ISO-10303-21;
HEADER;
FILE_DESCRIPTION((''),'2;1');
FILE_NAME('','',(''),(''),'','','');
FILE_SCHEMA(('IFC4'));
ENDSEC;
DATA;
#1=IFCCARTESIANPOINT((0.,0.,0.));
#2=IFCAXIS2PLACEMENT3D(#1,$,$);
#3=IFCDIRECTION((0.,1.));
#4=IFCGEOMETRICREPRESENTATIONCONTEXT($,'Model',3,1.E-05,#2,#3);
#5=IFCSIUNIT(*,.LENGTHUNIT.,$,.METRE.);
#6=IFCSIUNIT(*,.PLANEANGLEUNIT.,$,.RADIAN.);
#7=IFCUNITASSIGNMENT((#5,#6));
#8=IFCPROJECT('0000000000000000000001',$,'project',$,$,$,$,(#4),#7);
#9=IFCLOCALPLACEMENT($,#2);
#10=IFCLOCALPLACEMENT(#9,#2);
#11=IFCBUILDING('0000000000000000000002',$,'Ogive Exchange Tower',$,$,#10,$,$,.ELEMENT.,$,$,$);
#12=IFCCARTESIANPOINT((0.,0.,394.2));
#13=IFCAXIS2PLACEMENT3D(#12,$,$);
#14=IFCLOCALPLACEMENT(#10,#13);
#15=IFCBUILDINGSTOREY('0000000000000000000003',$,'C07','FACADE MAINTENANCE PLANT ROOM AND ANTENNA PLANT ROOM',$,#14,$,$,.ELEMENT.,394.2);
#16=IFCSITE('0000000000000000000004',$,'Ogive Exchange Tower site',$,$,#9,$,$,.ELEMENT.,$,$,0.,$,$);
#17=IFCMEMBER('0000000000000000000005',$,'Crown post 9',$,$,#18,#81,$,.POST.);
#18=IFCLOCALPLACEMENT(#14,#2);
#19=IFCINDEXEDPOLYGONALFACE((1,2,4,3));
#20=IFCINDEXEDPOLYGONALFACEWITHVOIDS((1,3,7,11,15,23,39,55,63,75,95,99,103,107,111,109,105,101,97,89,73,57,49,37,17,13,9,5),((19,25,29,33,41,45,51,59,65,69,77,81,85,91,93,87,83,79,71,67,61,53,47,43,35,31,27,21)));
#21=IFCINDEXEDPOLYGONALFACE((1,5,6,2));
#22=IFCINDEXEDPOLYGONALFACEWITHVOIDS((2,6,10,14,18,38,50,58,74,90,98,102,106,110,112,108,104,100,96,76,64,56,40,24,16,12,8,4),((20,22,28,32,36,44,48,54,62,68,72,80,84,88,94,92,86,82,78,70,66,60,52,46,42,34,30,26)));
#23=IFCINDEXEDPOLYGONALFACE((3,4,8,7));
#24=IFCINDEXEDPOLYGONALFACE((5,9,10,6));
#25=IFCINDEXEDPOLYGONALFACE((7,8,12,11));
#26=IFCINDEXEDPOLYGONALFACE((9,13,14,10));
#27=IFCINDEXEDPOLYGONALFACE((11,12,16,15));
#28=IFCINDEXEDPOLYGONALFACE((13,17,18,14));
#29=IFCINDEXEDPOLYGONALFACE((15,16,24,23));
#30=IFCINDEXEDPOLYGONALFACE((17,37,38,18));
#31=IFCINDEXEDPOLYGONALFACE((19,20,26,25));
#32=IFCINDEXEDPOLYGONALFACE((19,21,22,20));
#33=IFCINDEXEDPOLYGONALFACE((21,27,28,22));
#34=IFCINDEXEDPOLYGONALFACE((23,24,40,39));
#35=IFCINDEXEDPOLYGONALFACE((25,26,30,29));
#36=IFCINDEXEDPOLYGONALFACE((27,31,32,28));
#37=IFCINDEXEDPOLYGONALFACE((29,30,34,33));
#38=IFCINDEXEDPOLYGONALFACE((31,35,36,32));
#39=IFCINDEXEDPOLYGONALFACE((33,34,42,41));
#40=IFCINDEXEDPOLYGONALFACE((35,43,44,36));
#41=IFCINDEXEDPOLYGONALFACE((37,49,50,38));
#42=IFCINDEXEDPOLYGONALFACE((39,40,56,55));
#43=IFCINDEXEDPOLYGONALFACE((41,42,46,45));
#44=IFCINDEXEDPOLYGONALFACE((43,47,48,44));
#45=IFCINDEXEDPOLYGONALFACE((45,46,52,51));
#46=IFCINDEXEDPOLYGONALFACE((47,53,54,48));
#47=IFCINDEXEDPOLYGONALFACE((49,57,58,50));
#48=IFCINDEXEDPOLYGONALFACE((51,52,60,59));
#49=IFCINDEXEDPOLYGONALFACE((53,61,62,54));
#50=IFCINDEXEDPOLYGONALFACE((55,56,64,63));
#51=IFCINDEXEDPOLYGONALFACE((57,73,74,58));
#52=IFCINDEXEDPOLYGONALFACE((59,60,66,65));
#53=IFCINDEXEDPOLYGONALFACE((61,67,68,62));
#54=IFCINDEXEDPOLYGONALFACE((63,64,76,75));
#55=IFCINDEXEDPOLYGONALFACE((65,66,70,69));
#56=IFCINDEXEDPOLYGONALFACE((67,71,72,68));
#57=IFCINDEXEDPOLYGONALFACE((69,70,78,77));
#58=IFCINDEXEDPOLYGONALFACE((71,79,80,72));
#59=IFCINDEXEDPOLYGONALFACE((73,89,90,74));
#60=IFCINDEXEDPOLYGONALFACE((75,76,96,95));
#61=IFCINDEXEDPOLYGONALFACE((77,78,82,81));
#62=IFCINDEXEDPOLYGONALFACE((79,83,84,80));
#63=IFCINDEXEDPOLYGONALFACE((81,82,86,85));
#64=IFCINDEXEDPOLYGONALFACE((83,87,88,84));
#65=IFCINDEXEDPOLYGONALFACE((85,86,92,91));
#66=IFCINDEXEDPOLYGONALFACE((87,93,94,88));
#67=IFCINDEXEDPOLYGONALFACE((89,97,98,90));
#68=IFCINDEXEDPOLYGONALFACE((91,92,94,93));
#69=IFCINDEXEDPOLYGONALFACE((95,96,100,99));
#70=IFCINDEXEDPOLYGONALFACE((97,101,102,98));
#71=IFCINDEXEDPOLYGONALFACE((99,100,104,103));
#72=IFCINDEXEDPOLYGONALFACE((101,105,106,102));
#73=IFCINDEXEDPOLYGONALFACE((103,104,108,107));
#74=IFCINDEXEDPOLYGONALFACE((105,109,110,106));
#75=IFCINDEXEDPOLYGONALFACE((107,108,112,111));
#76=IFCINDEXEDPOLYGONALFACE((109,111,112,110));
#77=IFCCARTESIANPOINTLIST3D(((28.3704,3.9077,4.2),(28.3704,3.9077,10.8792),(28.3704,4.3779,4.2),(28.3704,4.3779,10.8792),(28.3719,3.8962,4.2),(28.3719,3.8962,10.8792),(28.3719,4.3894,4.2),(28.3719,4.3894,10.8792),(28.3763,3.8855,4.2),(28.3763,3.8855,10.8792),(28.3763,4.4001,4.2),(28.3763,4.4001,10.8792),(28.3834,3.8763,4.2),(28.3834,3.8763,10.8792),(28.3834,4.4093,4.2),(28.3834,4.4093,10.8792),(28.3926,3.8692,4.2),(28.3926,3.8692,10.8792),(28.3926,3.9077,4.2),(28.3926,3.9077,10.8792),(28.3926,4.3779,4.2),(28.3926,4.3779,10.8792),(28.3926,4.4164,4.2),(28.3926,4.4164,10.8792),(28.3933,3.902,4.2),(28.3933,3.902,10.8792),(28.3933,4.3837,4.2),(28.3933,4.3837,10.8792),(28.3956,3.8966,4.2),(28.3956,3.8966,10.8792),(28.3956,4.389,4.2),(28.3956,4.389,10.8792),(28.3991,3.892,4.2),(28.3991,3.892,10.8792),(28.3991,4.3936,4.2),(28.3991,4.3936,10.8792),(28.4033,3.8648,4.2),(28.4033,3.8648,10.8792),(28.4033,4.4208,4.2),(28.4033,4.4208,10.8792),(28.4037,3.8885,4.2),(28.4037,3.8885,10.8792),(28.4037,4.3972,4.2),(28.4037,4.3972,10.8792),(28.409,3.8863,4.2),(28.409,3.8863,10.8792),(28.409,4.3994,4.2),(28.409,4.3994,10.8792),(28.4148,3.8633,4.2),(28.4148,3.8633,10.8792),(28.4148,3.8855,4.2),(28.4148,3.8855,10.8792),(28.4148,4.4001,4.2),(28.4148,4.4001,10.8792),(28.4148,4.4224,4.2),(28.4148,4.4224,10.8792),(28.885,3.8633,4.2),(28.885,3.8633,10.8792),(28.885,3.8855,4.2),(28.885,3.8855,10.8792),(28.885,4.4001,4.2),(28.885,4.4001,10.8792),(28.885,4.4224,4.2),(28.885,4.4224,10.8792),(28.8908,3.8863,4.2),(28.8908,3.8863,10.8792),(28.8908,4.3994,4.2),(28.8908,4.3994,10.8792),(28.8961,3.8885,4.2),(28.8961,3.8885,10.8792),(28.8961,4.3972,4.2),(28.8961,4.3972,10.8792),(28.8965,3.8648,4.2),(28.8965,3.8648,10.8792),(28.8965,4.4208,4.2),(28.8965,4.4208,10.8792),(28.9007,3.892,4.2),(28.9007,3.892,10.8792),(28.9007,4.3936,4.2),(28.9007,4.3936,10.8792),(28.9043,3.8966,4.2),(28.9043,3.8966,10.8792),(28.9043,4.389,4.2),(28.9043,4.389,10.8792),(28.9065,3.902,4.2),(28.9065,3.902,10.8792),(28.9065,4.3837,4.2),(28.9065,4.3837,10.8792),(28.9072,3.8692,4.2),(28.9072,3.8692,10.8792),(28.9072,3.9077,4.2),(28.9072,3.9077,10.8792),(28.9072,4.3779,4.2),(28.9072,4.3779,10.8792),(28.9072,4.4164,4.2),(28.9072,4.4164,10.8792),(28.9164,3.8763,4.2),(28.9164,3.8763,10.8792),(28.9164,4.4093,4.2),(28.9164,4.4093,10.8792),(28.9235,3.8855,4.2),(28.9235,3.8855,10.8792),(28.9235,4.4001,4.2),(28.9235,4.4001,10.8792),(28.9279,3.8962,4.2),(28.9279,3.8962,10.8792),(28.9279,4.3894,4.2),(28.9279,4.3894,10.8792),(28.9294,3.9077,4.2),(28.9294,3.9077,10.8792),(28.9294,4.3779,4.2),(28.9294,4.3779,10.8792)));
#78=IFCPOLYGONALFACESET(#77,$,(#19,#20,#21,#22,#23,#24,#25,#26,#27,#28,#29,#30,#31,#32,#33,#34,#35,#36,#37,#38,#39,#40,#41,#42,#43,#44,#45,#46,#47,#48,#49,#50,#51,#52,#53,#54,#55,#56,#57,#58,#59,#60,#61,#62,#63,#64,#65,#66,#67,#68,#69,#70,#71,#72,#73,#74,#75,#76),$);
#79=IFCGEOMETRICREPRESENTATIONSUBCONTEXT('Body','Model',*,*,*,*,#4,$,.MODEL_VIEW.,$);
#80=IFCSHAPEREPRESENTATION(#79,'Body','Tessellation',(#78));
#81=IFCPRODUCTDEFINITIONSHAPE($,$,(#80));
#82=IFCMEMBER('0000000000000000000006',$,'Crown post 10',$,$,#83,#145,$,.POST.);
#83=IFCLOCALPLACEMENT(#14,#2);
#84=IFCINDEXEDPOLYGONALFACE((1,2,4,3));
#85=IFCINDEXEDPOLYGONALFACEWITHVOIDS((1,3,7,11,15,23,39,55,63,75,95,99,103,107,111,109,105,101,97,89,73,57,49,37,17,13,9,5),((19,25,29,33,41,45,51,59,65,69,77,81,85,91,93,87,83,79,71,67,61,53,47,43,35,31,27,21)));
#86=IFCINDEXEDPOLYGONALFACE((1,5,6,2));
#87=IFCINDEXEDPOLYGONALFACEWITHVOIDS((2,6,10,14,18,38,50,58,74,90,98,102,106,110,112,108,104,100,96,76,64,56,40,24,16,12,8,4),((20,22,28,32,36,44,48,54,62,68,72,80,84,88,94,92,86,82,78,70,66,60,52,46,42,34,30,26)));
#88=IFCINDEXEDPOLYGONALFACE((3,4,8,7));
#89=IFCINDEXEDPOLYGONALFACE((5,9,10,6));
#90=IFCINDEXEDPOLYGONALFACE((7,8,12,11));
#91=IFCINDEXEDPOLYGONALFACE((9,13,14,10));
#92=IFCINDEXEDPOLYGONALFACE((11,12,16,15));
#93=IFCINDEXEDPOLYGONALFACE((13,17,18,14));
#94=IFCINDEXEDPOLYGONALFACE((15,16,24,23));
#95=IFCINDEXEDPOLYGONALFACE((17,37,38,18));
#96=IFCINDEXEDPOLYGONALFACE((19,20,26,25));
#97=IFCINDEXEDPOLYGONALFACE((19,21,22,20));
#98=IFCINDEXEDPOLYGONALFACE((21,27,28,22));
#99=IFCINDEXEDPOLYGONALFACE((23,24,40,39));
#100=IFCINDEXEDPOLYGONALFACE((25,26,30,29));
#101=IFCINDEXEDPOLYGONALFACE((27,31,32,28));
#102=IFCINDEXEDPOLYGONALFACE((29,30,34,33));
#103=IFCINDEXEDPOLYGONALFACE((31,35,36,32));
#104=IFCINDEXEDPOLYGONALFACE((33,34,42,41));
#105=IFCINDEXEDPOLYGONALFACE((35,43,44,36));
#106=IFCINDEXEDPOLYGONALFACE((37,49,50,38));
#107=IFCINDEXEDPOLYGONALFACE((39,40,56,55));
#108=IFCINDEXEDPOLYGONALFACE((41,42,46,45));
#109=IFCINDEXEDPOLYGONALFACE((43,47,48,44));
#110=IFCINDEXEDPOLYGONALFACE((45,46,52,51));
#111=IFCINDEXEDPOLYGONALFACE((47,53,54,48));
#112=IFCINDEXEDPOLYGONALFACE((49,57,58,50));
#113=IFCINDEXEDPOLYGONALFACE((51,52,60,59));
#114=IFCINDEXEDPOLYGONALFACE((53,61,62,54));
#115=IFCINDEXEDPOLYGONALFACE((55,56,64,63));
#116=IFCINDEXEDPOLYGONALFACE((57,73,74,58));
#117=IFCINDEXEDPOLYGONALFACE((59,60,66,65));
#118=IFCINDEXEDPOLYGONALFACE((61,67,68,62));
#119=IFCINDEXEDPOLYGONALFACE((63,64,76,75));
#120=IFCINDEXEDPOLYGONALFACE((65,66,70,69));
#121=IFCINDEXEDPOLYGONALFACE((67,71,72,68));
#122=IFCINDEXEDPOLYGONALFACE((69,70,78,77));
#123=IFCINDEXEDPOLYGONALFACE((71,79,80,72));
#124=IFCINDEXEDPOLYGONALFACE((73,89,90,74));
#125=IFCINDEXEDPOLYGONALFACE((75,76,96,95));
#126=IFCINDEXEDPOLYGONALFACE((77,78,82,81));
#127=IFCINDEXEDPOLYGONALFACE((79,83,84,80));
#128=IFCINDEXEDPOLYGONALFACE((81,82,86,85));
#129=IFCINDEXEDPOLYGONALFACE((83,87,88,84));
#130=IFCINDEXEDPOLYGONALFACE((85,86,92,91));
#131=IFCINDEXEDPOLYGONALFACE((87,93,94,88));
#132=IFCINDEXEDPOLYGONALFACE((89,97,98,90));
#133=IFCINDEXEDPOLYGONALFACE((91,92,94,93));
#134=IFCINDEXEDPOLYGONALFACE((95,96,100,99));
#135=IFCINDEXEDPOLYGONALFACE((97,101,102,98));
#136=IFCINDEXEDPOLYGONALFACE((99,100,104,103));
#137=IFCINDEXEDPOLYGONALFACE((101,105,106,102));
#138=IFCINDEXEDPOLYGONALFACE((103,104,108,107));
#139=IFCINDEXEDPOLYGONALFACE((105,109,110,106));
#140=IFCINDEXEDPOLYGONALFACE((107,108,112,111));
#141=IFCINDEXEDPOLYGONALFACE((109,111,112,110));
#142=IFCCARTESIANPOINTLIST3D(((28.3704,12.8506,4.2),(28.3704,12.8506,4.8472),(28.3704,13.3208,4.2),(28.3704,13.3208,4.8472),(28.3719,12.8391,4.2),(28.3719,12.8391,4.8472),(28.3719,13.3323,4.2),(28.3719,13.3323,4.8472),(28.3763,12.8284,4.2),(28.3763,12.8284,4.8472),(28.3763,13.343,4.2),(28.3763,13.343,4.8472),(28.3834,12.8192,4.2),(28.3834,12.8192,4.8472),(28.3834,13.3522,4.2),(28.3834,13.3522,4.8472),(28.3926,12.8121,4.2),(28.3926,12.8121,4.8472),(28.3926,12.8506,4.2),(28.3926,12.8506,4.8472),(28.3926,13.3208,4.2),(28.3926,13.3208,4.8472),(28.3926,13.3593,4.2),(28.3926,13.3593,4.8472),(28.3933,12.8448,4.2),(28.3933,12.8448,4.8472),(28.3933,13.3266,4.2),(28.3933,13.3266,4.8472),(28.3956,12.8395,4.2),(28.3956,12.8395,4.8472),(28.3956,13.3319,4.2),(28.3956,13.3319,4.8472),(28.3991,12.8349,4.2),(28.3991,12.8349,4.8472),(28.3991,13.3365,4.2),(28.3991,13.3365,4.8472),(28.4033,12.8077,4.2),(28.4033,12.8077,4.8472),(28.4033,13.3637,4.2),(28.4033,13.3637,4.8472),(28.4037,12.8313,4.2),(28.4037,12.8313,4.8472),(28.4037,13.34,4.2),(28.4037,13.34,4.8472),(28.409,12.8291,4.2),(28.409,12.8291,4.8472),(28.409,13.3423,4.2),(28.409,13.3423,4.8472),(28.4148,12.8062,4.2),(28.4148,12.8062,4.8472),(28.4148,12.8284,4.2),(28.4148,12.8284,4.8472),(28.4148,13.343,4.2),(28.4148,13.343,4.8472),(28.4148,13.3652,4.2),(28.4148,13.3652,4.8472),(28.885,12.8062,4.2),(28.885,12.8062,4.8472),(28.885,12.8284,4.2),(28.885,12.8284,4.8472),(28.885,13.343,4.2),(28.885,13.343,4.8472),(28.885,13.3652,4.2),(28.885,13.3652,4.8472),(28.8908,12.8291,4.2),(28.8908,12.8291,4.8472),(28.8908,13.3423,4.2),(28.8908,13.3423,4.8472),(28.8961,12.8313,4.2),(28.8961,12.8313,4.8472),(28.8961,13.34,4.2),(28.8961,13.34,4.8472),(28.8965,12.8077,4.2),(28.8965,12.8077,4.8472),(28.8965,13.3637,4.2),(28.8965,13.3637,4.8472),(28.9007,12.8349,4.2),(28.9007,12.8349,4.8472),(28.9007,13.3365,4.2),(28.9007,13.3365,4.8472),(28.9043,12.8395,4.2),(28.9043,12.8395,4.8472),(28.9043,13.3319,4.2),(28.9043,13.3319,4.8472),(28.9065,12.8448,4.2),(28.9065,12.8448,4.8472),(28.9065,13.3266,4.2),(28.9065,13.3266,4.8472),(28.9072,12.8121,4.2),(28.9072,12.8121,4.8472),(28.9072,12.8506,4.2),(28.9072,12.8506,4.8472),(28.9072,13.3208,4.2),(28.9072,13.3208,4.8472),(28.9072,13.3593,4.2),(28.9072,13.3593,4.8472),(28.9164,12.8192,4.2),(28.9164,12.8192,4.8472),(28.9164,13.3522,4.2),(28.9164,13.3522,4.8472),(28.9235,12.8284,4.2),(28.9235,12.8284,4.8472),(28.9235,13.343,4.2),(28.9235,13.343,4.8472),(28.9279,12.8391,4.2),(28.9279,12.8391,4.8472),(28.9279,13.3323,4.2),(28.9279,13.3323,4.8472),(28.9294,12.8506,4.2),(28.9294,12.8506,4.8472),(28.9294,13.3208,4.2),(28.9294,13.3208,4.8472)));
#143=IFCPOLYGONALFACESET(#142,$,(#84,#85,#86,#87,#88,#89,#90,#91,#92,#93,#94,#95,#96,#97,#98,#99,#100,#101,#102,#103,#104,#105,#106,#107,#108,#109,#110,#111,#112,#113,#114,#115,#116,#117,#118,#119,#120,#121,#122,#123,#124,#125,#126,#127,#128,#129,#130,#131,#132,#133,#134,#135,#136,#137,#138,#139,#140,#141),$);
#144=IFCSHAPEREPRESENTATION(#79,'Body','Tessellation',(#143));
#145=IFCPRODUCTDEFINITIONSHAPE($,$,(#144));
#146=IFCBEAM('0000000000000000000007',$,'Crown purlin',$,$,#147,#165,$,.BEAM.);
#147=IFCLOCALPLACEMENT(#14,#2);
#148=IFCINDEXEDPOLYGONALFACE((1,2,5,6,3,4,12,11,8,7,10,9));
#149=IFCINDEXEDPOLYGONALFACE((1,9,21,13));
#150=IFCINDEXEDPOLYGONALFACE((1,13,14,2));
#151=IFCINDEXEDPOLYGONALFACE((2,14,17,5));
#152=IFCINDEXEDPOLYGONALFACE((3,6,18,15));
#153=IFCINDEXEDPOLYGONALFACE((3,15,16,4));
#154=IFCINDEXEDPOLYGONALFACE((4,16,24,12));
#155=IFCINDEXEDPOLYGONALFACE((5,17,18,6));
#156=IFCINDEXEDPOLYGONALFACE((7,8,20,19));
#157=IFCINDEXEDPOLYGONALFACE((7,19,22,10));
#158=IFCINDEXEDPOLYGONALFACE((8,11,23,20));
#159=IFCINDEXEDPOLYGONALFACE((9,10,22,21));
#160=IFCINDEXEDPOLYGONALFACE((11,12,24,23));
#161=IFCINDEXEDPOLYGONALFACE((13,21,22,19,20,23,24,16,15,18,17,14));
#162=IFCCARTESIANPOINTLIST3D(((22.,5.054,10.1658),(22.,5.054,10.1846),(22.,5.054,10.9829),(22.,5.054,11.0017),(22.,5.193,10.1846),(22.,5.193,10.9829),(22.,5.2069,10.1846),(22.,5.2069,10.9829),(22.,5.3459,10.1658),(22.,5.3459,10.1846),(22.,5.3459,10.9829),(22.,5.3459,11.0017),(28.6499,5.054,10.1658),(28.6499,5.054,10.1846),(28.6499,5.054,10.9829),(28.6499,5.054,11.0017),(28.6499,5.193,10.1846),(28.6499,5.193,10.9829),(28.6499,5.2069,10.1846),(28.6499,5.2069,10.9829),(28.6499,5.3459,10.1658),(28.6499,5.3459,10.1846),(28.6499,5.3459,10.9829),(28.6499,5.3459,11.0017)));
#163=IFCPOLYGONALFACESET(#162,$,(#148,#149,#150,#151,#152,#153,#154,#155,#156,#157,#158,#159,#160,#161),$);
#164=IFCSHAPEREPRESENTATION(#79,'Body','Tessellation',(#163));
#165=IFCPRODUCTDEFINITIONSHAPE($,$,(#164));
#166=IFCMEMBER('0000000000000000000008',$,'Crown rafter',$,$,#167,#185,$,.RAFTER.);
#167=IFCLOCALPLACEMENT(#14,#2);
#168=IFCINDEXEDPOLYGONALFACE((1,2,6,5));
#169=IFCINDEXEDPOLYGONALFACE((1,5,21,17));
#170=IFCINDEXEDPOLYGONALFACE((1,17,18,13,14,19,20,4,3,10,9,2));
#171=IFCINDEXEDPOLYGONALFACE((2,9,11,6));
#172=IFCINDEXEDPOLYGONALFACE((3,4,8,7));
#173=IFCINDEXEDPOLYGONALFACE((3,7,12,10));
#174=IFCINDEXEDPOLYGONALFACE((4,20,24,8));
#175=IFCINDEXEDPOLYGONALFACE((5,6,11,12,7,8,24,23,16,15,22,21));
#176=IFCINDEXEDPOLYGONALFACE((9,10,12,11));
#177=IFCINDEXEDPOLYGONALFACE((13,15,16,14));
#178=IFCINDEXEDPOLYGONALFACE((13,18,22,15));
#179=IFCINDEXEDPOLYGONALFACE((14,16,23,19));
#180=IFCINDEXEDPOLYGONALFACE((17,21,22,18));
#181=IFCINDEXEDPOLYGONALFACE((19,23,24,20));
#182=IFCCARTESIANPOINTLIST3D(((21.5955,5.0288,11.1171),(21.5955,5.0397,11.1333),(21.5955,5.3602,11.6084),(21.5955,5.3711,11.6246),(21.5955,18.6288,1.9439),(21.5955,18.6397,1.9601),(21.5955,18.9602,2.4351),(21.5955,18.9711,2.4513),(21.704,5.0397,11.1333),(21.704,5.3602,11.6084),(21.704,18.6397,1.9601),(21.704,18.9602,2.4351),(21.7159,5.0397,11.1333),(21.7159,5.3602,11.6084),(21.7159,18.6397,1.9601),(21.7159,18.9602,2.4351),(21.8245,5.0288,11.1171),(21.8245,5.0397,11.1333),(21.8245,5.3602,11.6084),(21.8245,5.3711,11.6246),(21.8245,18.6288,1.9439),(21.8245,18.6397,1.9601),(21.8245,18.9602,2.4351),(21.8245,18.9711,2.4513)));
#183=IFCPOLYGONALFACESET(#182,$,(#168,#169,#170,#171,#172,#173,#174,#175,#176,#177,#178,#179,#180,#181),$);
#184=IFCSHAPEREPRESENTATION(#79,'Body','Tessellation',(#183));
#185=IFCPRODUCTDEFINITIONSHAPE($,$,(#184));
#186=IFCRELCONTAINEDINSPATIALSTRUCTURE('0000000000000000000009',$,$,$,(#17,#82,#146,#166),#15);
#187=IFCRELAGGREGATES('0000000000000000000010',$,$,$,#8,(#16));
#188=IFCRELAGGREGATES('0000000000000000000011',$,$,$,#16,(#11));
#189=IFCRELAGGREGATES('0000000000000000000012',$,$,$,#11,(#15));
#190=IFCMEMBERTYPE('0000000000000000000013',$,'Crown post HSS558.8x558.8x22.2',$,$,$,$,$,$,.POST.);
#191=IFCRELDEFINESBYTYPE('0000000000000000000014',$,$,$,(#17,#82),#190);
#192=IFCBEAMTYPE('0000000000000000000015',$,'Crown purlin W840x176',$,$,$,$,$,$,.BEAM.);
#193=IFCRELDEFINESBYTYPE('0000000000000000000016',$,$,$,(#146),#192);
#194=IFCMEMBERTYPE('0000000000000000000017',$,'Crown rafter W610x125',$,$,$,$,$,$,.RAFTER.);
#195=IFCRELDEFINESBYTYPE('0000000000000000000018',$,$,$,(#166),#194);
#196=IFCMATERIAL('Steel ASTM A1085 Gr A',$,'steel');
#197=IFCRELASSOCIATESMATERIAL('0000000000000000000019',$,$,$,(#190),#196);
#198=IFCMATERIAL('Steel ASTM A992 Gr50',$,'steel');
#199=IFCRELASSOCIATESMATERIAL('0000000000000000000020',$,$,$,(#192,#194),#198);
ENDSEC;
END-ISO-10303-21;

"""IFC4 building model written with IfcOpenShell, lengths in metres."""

from ifc_helpers import new_model, si_unit, direction, frame, origin, origin_2d, place, context, subcontext, project, spatial, hollow_rectangle, i_section, extrude, material, material_profile, profile_set, type_object, element, save


model = new_model("IFC4")

# Units and contexts
model_context = context("Model", 3, precision=1e-05, world=origin(), true_north=direction((0.0, 1.0)))
body_context = subcontext(model_context, "Body", "Model", "MODEL_VIEW")
ifc_project = project(units=[si_unit("LENGTHUNIT", "METRE"), si_unit("PLANEANGLEUNIT", "RADIAN")], contexts=[model_context])

# Site, building, storey
site_placement = place(None, origin())
site = spatial("IfcSite", under=ifc_project, at=site_placement, Name="Ogive Exchange Tower site", CompositionType="ELEMENT", RefElevation=0.0)
building_placement = place(site_placement, origin())
building = spatial("IfcBuilding", under=site, at=building_placement, Name="Ogive Exchange Tower", CompositionType="ELEMENT")
storey_placement = place(building_placement, frame((0.0, 0.0, 394.2)))
storey = spatial("IfcBuildingStorey", under=building, at=storey_placement, Name="C07", Description="FACADE MAINTENANCE PLANT ROOM AND ANTENNA PLANT ROOM", CompositionType="ELEMENT", Elevation=394.2)

# Members
ifc_material_1 = material(Name="Steel ASTM A1085 Gr A", Category="steel")
ifc_material_profile_1 = material_profile(ifc_material_1, hollow_rectangle(XDim=0.5591, YDim=0.5591, WallThickness=0.0222, InnerFilletRadius=0.0222, OuterFilletRadius=0.0444, at=origin_2d()), Name="HSS558.8x558.8x22.2")
ifc_profile_set_1 = profile_set([ifc_material_profile_1], Name="Steel ASTM A1085 Gr A")
member_type_1 = type_object("IfcMemberType", Name="Crown post HSS558.8x558.8x22.2", PredefinedType="POST", material=ifc_profile_set_1)
member_1_placement = place(storey_placement, frame((28.6499, 4.1428, 4.2), z_axis=(0.0, 0.0, 1.0), x_axis=(1.0, 0.0, 0.0)))
element("IfcMember", 1, at=member_1_placement, inside=storey, type_object=member_type_1, Name="Crown post 9", PredefinedType="POST", context=body_context, shape_type="SweptSolid", body=[
    extrude(hollow_rectangle(XDim=0.5591, YDim=0.5591, WallThickness=0.0222, InnerFilletRadius=0.0222, OuterFilletRadius=0.0444, at=origin_2d()), origin(), (0.0, 0.0, 1.0), 6.6792),
])
member_2_placement = place(storey_placement, frame((28.6499, 13.0857, 4.2), z_axis=(0.0, 0.0, 1.0), x_axis=(1.0, 0.0, 0.0)))
element("IfcMember", 2, at=member_2_placement, inside=storey, type_object=member_type_1, Name="Crown post 10", PredefinedType="POST", context=body_context, shape_type="SweptSolid", body=[
    extrude(hollow_rectangle(XDim=0.5591, YDim=0.5591, WallThickness=0.0222, InnerFilletRadius=0.0222, OuterFilletRadius=0.0444, at=origin_2d()), origin(), (0.0, 0.0, 1.0), 0.6472),
])

# Beam
ifc_material_2 = material(Name="Steel ASTM A992 Gr50", Category="steel")
ifc_material_profile_2 = material_profile(ifc_material_2, i_section(OverallWidth=0.292, OverallDepth=0.8359, WebThickness=0.0139, FlangeThickness=0.0188, at=origin_2d()), Name="W840x176")
ifc_profile_set_2 = profile_set([ifc_material_profile_2], Name="Steel ASTM A992 Gr50")
beam_type_1 = type_object("IfcBeamType", Name="Crown purlin W840x176", PredefinedType="BEAM", material=ifc_profile_set_2)
beam_1_placement = place(storey_placement, frame((22.0, 5.2, 10.5837), z_axis=(1.0, 0.0, 0.0), x_axis=(0.0, 1.0, 0.0)))
element("IfcBeam", 3, at=beam_1_placement, inside=storey, type_object=beam_type_1, Name="Crown purlin", PredefinedType="BEAM", context=body_context, shape_type="SweptSolid", body=[
    extrude(i_section(OverallWidth=0.292, OverallDepth=0.8359, WebThickness=0.0139, FlangeThickness=0.0188, at=origin_2d()), origin(), (0.0, 0.0, 1.0), 6.6499),
])

# Member
ifc_material_profile_3 = material_profile(ifc_material_2, i_section(OverallWidth=0.229, OverallDepth=0.6121, WebThickness=0.012, FlangeThickness=0.0195, at=origin_2d()), Name="W610x125")
ifc_profile_set_3 = profile_set([ifc_material_profile_3], Name="Steel ASTM A992 Gr50")
member_type_2 = type_object("IfcMemberType", Name="Crown rafter W610x125", PredefinedType="RAFTER", material=ifc_profile_set_3)
for number, where, z_axis, x_axis, name in (
    (4, (21.71, 5.2, 11.3708), (0.0, 0.829039, -0.559191), (-1.0, 0.0, 0.0), "Crown rafter"),
):
    element("IfcMember", number, at=place(storey_placement, frame(where, z_axis=z_axis, x_axis=x_axis)), inside=storey, type_object=member_type_2, Name=name, PredefinedType="RAFTER", context=body_context, shape_type="SweptSolid", body=[
        extrude(i_section(OverallWidth=0.229, OverallDepth=0.6121, WebThickness=0.012, FlangeThickness=0.0195, at=origin_2d()), origin(), (0.0, 0.0, 1.0), 16.4045),
    ])

save(model, "model.ifc")
